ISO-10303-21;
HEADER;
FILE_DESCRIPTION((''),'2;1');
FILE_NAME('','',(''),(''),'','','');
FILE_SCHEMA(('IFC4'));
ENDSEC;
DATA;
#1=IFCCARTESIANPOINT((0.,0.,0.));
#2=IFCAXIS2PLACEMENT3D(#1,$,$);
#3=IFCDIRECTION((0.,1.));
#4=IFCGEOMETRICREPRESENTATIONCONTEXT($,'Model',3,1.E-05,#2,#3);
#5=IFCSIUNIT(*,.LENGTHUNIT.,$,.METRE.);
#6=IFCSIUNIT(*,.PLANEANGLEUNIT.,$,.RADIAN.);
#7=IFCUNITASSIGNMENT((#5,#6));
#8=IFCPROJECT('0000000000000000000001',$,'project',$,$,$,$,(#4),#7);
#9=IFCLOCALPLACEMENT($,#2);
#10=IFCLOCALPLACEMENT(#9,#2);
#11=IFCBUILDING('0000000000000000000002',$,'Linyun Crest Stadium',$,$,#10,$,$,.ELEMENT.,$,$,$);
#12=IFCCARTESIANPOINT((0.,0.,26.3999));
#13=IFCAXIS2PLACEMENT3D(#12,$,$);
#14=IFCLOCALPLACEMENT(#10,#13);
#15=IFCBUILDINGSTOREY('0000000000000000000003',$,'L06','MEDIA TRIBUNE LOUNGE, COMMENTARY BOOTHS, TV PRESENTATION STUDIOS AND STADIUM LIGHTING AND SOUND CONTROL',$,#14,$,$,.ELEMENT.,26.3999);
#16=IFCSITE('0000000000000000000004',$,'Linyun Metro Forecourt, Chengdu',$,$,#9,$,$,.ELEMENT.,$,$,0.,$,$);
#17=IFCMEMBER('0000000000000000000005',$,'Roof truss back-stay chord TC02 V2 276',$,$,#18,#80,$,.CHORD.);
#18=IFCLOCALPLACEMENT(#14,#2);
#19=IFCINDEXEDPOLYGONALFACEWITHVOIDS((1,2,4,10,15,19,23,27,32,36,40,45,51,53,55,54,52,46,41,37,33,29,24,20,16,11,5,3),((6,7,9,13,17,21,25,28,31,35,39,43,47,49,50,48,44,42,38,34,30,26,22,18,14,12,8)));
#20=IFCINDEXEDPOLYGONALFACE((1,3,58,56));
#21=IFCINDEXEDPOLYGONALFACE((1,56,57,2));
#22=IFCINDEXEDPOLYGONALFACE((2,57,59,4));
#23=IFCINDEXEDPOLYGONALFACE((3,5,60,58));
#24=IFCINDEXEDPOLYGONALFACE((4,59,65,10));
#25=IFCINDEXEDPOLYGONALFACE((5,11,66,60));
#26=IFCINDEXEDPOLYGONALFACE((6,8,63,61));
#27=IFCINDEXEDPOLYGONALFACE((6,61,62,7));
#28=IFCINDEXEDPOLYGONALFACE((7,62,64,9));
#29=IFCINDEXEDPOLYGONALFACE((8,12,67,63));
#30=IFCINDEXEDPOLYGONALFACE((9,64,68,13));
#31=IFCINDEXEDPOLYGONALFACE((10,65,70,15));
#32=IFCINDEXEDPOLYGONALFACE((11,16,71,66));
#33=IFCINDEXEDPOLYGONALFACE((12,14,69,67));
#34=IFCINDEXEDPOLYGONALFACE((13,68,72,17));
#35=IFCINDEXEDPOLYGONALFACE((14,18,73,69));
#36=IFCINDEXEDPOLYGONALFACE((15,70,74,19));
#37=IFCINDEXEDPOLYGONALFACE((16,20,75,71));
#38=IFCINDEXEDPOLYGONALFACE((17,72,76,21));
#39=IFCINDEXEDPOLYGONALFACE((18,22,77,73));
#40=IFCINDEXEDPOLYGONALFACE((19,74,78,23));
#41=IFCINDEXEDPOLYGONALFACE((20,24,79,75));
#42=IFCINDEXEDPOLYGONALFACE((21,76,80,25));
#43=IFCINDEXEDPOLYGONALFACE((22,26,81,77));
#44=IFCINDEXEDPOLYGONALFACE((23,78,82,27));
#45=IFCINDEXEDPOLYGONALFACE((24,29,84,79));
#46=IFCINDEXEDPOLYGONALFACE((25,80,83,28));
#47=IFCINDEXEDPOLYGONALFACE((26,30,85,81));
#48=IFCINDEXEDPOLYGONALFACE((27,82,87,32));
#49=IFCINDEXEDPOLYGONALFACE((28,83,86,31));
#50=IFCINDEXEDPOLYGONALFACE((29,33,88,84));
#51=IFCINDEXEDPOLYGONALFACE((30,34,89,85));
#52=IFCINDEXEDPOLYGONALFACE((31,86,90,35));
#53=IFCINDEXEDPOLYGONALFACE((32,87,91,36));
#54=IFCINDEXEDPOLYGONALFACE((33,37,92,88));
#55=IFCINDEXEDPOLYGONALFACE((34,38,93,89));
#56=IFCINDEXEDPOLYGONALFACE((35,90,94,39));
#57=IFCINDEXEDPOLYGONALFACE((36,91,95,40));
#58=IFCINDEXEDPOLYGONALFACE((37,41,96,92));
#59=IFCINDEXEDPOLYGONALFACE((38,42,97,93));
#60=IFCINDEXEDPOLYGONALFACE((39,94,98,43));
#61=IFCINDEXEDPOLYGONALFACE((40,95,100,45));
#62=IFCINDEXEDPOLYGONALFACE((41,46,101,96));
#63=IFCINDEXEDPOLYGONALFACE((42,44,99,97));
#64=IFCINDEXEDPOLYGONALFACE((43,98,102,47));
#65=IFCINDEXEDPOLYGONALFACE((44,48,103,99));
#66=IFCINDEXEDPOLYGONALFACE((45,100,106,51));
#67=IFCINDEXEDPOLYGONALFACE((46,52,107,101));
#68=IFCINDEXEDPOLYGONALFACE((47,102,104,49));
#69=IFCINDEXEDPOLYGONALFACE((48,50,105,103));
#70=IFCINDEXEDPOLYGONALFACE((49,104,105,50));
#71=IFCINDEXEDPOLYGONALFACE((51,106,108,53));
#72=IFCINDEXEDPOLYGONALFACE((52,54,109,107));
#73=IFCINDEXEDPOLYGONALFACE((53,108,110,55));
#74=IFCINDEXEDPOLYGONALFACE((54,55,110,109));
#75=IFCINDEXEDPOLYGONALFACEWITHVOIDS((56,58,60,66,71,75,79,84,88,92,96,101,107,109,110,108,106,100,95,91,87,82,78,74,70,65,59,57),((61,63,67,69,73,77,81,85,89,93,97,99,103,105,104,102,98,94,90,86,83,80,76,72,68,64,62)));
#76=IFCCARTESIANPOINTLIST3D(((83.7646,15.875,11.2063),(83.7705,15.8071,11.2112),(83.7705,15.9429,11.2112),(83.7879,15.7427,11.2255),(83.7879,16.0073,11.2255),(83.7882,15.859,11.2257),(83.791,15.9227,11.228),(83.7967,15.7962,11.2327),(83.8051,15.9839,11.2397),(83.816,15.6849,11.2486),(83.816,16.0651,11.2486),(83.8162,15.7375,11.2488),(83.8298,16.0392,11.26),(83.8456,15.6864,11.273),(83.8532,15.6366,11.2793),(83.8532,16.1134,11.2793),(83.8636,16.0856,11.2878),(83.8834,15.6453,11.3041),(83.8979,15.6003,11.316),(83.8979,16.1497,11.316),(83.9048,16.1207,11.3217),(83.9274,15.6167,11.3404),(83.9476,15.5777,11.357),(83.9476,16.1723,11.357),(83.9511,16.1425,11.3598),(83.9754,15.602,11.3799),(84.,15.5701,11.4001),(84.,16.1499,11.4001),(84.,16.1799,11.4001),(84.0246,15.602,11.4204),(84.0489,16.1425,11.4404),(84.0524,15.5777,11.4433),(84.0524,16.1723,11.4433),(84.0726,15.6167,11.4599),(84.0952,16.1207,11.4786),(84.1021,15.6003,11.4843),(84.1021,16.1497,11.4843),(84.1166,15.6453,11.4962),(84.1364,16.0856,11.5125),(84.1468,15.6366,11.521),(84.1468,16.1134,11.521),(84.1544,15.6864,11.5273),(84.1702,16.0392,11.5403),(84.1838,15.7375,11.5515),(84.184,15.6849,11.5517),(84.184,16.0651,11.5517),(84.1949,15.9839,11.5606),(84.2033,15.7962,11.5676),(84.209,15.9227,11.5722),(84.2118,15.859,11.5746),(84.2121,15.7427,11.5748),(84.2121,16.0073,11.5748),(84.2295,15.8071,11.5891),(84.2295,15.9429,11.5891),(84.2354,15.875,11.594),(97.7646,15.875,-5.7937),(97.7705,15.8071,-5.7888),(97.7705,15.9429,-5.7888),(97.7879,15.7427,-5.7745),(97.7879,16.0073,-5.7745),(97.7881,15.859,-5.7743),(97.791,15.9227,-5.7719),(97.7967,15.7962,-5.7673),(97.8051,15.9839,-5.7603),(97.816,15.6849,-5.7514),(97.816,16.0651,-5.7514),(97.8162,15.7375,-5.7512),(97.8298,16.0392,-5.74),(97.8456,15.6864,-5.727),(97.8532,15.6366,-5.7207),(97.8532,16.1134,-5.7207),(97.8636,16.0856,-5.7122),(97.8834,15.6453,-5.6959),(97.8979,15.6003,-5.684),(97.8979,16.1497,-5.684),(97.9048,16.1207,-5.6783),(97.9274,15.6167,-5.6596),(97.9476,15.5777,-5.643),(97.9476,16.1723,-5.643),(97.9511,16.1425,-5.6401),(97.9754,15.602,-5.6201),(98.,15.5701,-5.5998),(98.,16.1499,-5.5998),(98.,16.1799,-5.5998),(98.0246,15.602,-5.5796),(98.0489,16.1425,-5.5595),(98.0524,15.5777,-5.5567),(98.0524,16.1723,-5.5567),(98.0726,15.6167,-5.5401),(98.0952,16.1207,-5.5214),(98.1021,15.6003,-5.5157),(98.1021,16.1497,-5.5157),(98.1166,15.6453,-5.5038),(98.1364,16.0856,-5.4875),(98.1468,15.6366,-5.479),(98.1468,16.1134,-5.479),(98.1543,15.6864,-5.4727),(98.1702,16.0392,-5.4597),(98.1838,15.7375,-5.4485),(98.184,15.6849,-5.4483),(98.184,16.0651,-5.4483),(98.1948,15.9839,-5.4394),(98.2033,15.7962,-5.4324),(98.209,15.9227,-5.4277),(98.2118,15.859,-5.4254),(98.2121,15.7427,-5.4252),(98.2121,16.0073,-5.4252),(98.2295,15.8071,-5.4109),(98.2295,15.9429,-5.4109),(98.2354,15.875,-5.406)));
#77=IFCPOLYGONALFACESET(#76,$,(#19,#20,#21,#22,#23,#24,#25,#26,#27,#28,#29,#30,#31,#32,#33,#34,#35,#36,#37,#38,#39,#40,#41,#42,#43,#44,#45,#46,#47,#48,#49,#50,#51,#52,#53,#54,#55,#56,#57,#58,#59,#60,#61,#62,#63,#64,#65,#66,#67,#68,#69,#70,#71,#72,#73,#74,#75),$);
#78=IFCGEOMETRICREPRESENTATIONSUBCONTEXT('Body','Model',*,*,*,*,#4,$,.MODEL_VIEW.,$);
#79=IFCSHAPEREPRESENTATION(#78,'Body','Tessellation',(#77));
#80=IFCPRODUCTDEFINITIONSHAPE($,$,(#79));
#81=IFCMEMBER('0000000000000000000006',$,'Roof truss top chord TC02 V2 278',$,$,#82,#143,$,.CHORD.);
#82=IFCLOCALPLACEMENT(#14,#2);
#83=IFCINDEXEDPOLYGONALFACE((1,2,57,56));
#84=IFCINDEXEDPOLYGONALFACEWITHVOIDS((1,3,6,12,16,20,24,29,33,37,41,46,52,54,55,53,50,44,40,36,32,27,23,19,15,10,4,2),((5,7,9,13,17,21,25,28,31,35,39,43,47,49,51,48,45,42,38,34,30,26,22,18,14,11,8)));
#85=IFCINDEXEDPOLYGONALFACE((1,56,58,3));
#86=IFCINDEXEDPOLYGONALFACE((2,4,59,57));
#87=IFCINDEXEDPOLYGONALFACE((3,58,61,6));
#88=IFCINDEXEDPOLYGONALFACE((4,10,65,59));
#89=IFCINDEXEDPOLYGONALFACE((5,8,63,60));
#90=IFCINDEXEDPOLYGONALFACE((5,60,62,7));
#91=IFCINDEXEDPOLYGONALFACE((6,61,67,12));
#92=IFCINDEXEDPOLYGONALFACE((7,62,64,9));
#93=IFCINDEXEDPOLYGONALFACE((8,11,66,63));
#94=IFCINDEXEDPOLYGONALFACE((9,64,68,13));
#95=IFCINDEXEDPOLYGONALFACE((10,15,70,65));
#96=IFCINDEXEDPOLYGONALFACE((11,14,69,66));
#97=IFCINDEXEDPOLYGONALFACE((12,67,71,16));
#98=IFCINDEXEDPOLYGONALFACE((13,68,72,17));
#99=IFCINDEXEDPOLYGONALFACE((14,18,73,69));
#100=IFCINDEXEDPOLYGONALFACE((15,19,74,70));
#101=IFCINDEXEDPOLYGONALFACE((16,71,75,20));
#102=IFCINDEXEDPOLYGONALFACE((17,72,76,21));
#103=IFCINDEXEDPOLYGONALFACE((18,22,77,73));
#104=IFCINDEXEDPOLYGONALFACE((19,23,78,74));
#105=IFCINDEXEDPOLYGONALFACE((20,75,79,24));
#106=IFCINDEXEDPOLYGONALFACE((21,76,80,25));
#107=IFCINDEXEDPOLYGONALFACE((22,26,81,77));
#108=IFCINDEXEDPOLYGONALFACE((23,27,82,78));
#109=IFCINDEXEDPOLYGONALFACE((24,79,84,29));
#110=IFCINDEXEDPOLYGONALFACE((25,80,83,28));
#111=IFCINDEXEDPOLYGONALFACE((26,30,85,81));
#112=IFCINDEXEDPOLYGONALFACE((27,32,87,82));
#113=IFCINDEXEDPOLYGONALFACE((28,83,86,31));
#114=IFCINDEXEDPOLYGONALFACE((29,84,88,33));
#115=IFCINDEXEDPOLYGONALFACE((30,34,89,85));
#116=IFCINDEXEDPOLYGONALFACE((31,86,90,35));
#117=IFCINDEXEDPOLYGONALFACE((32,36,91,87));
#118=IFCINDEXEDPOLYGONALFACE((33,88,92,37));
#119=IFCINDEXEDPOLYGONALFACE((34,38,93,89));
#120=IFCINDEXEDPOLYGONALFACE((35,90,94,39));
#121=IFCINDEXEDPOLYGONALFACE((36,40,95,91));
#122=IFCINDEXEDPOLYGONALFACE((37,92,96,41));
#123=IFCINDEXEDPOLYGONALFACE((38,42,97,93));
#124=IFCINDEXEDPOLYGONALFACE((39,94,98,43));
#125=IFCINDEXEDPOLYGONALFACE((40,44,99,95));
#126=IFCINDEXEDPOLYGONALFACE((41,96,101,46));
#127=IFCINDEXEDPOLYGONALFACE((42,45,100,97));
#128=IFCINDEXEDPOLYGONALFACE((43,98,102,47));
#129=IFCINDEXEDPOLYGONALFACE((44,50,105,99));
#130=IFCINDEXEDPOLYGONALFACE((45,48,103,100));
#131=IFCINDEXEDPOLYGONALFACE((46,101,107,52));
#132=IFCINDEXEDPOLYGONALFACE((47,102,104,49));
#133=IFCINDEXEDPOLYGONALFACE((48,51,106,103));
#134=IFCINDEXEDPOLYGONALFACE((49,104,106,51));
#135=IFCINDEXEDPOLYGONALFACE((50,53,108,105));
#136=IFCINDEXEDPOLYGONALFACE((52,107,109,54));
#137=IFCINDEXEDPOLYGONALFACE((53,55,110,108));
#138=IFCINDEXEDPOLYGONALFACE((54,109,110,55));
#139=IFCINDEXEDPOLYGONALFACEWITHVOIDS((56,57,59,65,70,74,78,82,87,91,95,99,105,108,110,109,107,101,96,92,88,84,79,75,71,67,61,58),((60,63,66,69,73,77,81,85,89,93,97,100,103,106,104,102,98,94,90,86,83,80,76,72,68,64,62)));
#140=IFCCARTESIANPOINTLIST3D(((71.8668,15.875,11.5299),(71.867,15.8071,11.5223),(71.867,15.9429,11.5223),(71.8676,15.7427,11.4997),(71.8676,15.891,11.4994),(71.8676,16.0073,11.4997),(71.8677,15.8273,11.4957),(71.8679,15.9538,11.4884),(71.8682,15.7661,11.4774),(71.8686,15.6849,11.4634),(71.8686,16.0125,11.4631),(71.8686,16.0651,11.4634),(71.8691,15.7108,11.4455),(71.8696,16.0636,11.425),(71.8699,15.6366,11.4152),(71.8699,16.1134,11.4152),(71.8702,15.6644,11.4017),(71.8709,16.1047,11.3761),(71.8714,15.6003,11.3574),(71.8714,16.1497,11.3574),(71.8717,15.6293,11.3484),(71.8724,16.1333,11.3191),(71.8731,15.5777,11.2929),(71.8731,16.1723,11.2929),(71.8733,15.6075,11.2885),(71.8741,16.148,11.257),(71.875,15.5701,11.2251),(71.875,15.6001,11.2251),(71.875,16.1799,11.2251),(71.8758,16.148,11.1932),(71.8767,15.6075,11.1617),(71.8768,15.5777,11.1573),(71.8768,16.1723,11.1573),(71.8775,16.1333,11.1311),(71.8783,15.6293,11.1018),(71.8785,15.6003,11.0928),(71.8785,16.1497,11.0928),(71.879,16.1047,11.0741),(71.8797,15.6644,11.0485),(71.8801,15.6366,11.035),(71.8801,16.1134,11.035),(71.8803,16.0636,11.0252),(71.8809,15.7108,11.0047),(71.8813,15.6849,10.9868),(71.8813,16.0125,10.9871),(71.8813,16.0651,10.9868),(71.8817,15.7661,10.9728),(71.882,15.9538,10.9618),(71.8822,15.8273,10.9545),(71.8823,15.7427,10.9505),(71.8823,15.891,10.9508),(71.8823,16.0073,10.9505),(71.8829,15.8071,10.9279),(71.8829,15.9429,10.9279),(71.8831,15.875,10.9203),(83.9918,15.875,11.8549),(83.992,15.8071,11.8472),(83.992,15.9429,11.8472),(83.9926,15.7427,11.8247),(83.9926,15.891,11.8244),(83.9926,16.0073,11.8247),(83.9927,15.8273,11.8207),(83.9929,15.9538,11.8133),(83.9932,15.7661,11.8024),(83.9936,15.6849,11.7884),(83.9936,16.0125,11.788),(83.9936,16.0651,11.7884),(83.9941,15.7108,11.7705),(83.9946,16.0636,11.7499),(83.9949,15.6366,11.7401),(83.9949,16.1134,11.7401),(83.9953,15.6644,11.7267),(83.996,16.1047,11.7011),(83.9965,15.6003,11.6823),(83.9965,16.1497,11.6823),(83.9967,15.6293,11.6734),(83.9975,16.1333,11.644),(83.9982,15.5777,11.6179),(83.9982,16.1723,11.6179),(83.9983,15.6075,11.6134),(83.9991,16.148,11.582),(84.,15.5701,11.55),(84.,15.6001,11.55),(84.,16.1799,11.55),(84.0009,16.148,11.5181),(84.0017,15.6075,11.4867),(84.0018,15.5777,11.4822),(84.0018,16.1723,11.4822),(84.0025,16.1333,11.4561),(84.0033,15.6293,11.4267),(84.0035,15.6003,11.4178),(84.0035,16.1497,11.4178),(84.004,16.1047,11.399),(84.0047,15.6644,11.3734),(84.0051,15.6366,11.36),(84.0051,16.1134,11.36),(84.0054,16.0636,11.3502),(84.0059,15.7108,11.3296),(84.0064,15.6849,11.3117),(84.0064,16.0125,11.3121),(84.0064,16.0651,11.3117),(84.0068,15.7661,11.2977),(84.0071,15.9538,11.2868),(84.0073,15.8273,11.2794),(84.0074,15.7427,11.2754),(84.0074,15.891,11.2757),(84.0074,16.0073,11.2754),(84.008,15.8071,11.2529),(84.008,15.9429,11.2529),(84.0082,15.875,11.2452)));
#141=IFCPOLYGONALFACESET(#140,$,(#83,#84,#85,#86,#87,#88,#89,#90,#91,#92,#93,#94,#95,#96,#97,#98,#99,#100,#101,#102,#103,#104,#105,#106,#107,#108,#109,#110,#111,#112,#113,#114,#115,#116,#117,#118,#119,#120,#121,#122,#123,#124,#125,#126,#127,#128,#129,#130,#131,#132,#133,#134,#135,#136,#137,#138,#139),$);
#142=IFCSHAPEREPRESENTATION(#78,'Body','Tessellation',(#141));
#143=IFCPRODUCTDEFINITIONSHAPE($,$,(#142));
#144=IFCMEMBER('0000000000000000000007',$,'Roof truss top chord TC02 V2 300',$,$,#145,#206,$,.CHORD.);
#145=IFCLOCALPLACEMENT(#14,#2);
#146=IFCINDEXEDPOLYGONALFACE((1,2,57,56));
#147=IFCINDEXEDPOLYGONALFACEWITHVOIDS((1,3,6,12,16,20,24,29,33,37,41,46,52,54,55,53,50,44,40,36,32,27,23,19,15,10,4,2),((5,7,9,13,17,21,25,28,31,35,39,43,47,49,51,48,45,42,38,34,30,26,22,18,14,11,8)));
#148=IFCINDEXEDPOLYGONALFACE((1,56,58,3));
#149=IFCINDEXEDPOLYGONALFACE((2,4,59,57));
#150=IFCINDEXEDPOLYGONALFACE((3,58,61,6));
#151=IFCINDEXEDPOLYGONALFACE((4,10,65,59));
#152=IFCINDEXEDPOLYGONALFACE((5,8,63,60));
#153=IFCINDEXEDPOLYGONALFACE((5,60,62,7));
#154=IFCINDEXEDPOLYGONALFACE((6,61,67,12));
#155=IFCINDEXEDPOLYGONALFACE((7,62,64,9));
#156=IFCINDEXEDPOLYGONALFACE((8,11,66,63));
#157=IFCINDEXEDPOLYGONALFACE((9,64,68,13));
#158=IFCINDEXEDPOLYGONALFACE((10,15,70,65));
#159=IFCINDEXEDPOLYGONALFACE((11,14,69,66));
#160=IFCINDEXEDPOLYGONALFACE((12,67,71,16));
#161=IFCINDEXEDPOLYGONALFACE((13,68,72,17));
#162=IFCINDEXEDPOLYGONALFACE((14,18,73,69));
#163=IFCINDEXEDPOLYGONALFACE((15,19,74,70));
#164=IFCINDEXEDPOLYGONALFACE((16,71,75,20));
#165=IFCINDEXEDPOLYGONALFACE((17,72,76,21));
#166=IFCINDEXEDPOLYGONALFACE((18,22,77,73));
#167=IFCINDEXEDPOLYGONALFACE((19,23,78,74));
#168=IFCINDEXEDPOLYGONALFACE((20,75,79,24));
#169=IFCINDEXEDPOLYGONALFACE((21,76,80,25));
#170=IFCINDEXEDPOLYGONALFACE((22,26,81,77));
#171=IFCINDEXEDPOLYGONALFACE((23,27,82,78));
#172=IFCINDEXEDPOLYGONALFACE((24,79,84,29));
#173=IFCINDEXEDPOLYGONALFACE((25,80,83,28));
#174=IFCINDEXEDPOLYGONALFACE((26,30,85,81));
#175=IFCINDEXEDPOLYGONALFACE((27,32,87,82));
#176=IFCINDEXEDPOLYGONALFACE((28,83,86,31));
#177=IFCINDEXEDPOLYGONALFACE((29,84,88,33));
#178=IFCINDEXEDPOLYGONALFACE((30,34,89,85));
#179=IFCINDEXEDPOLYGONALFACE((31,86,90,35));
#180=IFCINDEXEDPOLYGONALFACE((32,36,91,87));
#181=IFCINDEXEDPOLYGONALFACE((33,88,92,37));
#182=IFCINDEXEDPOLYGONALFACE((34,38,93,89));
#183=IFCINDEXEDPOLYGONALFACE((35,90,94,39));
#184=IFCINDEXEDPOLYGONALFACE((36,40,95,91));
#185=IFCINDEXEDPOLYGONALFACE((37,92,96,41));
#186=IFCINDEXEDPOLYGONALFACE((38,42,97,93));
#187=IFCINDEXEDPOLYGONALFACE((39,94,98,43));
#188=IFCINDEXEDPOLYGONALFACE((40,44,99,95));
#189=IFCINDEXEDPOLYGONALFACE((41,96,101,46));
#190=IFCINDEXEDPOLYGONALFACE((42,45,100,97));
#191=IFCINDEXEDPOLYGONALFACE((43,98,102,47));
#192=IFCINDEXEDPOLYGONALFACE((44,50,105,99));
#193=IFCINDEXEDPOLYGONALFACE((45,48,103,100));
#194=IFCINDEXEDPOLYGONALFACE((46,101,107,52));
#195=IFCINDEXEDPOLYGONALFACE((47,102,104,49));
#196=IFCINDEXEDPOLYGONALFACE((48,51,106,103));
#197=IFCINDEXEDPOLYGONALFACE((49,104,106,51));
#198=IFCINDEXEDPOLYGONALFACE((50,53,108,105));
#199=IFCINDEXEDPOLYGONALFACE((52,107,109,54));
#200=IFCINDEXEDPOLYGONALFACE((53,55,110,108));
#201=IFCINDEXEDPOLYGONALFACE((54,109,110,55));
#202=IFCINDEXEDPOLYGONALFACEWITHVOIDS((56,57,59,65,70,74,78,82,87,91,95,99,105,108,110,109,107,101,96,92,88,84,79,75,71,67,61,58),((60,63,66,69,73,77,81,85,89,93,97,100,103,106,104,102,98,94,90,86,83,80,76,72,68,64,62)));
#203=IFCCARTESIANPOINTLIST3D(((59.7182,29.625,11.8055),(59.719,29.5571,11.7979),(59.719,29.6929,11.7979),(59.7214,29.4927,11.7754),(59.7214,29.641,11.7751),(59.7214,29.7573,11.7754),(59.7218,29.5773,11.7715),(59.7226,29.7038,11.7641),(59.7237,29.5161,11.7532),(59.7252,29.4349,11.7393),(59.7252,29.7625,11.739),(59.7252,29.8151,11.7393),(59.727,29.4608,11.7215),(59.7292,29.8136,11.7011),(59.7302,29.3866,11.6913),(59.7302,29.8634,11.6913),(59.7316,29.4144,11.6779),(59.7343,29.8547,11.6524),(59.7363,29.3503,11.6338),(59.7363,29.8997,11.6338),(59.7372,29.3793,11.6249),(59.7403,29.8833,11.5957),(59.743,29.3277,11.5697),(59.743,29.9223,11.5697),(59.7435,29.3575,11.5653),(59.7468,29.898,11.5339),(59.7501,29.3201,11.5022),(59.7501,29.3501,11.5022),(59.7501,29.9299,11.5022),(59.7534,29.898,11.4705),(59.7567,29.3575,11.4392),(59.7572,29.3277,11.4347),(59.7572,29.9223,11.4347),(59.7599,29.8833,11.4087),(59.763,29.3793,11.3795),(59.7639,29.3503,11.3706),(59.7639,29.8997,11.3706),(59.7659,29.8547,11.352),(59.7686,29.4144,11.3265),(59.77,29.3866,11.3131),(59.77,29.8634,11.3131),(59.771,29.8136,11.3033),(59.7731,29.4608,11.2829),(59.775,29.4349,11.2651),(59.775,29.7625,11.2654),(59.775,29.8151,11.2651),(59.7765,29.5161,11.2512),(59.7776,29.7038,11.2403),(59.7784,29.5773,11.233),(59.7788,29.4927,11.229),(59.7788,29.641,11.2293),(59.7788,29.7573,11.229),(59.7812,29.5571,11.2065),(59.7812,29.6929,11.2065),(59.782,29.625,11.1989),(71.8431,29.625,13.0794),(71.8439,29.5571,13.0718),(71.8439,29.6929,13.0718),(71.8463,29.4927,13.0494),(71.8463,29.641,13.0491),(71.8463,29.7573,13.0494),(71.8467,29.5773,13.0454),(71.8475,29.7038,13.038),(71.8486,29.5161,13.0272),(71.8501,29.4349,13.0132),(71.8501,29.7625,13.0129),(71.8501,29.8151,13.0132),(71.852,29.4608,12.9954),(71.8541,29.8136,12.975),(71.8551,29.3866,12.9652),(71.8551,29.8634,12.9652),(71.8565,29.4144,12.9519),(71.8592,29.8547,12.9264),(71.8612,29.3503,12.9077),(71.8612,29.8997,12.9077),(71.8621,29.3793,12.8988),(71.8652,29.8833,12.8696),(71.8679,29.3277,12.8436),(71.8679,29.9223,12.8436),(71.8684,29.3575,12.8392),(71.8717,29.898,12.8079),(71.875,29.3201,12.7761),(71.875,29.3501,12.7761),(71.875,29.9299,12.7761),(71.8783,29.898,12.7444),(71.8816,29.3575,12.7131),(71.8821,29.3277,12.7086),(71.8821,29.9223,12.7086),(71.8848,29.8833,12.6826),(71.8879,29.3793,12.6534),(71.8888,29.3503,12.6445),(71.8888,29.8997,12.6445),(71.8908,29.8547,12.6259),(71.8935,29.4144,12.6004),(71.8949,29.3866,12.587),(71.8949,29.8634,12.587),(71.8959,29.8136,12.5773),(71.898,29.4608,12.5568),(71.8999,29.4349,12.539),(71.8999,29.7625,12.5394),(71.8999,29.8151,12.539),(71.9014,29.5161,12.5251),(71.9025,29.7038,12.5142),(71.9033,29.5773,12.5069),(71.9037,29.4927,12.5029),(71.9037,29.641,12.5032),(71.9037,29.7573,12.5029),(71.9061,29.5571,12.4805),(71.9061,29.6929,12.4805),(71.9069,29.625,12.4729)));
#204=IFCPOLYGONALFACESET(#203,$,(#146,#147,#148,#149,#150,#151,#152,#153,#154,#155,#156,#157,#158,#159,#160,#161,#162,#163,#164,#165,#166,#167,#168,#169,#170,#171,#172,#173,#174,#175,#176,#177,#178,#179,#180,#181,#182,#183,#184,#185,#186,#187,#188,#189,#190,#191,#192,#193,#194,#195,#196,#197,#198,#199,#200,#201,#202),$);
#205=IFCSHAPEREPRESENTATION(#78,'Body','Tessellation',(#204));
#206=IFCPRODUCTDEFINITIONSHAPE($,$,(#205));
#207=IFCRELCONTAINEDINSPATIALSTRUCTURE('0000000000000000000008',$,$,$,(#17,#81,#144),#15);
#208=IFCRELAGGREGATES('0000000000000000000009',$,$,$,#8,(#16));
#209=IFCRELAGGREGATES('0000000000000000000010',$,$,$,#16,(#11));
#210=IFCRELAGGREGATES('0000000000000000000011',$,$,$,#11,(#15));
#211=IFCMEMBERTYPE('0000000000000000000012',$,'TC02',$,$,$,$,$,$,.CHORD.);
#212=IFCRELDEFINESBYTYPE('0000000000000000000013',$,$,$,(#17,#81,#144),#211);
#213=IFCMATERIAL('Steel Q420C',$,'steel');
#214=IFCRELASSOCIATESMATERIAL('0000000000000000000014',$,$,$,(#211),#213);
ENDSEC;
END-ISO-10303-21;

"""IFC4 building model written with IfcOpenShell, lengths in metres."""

from ifc_helpers import new_model, si_unit, direction, frame, origin, origin_2d, place, context, subcontext, project, spatial, hollow_circle, extrude, material, material_profile, profile_set, type_object, element, save


model = new_model("IFC4")

# Units and contexts
model_context = context("Model", 3, precision=1e-05, world=origin(), true_north=direction((0.0, 1.0)))
body_context = subcontext(model_context, "Body", "Model", "MODEL_VIEW")
ifc_project = project(units=[si_unit("LENGTHUNIT", "METRE"), si_unit("PLANEANGLEUNIT", "RADIAN")], contexts=[model_context])

# Site, building, storey
site_placement = place(None, origin())
site = spatial("IfcSite", under=ifc_project, at=site_placement, Name="Linyun Metro Forecourt, Chengdu", CompositionType="ELEMENT", RefElevation=0.0)
building_placement = place(site_placement, origin())
building = spatial("IfcBuilding", under=site, at=building_placement, Name="Linyun Crest Stadium", CompositionType="ELEMENT")
storey_placement = place(building_placement, frame((0.0, 0.0, 26.3999)))
storey = spatial("IfcBuildingStorey", under=building, at=storey_placement, Name="L06", Description="MEDIA TRIBUNE LOUNGE, COMMENTARY BOOTHS, TV PRESENTATION STUDIOS AND STADIUM LIGHTING AND SOUND CONTROL", CompositionType="ELEMENT", Elevation=26.3999)

# Members
ifc_material_1 = material(Name="Steel Q420C", Category="steel")
ifc_material_profile_1 = material_profile(ifc_material_1, hollow_circle(Radius=0.3049, WallThickness=0.03, at=origin_2d()), Name="CHS 610x30")
ifc_profile_set_1 = profile_set([ifc_material_profile_1], Name="Steel Q420C")
member_type_1 = type_object("IfcMemberType", Name="TC02", PredefinedType="CHORD", material=ifc_profile_set_1)
member_1_placement = place(storey_placement, frame((84.0, 15.875, 11.4001), z_axis=(0.635707, 0.0, -0.77193), x_axis=(0.0, 1.0, 0.0)))
element("IfcMember", 1, at=member_1_placement, inside=storey, type_object=member_type_1, Name="Roof truss back-stay chord TC02 V2 276", PredefinedType="CHORD", context=body_context, shape_type="SweptSolid", body=[
    extrude(hollow_circle(Radius=0.3049, WallThickness=0.03, at=origin_2d()), origin(), (0.0, 0.0, 1.0), 22.0227),
])
member_2_placement = place(storey_placement, frame((84.0, 15.875, 11.55), z_axis=(-0.999641, 0.0, -0.02679), x_axis=(0.0, -1.0, 0.0)))
element("IfcMember", 2, at=member_2_placement, inside=storey, type_object=member_type_1, Name="Roof truss top chord TC02 V2 278", PredefinedType="CHORD", context=body_context, shape_type="SweptSolid", body=[
    extrude(hollow_circle(Radius=0.3049, WallThickness=0.03, at=origin_2d()), origin(), (0.0, 0.0, 1.0), 12.1294),
])
member_3_placement = place(storey_placement, frame((71.875, 29.625, 12.7761), z_axis=(-0.994526, 0.0, -0.104491), x_axis=(0.0, -1.0, 0.0)))
element("IfcMember", 3, at=member_3_placement, inside=storey, type_object=member_type_1, Name="Roof truss top chord TC02 V2 300", PredefinedType="CHORD", context=body_context, shape_type="SweptSolid", body=[
    extrude(hollow_circle(Radius=0.3049, WallThickness=0.03, at=origin_2d()), origin(), (0.0, 0.0, 1.0), 12.1917),
])

save(model, "model.ifc")
